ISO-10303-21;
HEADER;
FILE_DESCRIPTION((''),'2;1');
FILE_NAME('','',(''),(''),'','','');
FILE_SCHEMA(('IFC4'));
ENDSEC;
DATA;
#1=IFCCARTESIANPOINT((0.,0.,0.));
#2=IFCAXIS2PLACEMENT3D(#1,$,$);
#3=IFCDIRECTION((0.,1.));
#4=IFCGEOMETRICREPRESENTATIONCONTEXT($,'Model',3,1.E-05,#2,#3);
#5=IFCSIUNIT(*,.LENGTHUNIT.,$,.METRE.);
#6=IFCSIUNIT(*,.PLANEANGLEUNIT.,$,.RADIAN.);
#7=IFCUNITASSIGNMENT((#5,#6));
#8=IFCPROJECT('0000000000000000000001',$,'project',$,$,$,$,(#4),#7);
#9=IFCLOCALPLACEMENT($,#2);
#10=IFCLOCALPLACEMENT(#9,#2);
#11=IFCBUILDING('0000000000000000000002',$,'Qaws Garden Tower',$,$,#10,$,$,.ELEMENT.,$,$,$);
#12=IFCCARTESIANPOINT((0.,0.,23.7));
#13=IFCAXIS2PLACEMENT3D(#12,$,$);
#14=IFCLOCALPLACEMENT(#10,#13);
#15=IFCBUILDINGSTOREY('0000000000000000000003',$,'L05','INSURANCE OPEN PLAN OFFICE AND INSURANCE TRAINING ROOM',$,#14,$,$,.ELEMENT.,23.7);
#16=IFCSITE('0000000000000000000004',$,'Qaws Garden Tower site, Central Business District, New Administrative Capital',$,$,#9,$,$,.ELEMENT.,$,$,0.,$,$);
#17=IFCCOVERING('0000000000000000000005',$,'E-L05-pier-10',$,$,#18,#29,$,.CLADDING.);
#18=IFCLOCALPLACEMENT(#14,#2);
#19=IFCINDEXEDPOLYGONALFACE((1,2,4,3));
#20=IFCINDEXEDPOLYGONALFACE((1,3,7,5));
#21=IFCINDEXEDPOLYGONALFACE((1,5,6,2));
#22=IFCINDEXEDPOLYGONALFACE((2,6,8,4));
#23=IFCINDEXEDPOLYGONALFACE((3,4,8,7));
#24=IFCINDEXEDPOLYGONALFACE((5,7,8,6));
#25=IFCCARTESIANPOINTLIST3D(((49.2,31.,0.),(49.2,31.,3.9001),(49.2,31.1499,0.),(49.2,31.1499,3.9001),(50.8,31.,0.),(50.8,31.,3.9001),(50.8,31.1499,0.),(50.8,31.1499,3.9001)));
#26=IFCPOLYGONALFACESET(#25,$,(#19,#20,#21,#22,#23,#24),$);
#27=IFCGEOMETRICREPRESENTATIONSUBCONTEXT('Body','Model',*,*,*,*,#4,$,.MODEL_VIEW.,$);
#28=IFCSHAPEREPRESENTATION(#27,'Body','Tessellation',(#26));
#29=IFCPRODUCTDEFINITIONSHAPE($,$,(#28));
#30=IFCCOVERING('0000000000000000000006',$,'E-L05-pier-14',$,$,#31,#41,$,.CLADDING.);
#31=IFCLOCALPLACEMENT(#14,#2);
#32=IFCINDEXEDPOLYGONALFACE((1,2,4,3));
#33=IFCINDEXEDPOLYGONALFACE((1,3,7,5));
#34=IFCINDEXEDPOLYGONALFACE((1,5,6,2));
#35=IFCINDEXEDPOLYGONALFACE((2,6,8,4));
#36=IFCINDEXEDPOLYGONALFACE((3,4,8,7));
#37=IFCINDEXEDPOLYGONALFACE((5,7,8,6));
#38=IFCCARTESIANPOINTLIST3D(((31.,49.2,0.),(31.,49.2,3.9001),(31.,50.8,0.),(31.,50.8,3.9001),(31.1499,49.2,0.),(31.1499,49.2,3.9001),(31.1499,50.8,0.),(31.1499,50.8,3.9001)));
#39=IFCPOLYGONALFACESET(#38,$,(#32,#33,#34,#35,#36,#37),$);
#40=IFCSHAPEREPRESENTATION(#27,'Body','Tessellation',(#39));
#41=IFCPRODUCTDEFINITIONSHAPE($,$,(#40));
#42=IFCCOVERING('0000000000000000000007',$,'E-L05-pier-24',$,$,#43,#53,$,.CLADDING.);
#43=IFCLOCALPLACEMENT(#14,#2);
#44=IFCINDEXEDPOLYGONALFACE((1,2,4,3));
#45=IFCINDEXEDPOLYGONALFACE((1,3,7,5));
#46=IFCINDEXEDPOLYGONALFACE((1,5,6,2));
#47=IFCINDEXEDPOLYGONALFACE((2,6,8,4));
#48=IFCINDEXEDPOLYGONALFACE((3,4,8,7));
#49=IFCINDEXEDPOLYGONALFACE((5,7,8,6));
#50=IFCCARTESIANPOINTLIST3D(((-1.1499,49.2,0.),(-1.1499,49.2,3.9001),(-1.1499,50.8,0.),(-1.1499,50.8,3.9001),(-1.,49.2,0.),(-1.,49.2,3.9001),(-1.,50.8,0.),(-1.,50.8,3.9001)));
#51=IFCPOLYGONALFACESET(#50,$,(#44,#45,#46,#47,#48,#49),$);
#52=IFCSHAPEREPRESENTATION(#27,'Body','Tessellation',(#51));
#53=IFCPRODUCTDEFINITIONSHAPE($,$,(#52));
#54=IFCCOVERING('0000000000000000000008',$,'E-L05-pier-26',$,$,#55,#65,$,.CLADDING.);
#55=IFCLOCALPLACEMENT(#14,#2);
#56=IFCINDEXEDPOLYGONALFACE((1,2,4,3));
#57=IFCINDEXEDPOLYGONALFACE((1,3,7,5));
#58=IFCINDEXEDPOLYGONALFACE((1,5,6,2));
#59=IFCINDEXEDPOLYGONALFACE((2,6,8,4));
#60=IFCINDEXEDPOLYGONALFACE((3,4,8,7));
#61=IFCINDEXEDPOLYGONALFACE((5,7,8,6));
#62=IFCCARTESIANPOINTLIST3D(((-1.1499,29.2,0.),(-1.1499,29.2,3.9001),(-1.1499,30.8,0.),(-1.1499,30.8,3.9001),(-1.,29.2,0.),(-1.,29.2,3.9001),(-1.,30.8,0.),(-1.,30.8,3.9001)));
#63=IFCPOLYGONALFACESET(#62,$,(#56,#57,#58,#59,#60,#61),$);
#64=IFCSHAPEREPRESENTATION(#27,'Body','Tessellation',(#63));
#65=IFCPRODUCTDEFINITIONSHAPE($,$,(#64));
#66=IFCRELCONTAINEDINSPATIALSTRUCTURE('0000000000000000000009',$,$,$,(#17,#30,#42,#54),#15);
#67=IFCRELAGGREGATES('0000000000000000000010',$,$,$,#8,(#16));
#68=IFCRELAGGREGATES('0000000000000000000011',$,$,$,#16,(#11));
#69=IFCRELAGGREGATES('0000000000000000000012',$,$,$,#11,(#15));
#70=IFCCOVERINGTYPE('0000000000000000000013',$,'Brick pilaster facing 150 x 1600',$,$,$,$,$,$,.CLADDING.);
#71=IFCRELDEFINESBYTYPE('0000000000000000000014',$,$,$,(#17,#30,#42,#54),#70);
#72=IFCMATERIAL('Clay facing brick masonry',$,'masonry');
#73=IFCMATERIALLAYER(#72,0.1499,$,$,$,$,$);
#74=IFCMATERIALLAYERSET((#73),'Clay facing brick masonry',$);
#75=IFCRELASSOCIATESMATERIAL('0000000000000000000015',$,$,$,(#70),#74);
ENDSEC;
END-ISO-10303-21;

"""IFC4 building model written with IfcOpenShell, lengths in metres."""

from ifc_helpers import new_model, si_unit, direction, frame, origin, place, context, subcontext, project, spatial, polyline, outline, extrude, material, layer, layer_set, type_object, element, save


model = new_model("IFC4")

# Units and contexts
model_context = context("Model", 3, precision=1e-05, world=origin(), true_north=direction((0.0, 1.0)))
body_context = subcontext(model_context, "Body", "Model", "MODEL_VIEW")
ifc_project = project(units=[si_unit("LENGTHUNIT", "METRE"), si_unit("PLANEANGLEUNIT", "RADIAN")], contexts=[model_context])

# Site, building, storey
site_placement = place(None, origin())
site = spatial("IfcSite", under=ifc_project, at=site_placement, Name="Qaws Garden Tower site, Central Business District, New Administrative Capital", CompositionType="ELEMENT", RefElevation=0.0)
building_placement = place(site_placement, origin())
building = spatial("IfcBuilding", under=site, at=building_placement, Name="Qaws Garden Tower", CompositionType="ELEMENT")
storey_placement = place(building_placement, frame((0.0, 0.0, 23.7)))
storey = spatial("IfcBuildingStorey", under=building, at=storey_placement, Name="L05", Description="INSURANCE OPEN PLAN OFFICE AND INSURANCE TRAINING ROOM", CompositionType="ELEMENT", Elevation=23.7)

# Shared definitions
placement = place(storey_placement, origin())

# Coverings
ifc_material_1 = material(Name="Clay facing brick masonry", Category="masonry")
ifc_layer_1 = layer(ifc_material_1, 0.1499)
ifc_layer_set_1 = layer_set([ifc_layer_1], Name="Clay facing brick masonry")
covering_type = type_object("IfcCoveringType", Name="Brick pilaster facing 150 x 1600", PredefinedType="CLADDING", material=ifc_layer_set_1)
element("IfcCovering", 1, at=placement, inside=storey, type_object=covering_type, Name="E-L05-pier-10", PredefinedType="CLADDING", context=body_context, shape_type="SweptSolid", body=[
    extrude(outline(polyline([(50.8, 31.0), (49.2, 31.0), (49.2, 31.1499), (50.8, 31.1499), (50.8, 31.0)])), origin(), (0.0, 0.0, 1.0), 3.9001),
])
element("IfcCovering", 2, at=placement, inside=storey, type_object=covering_type, Name="E-L05-pier-14", PredefinedType="CLADDING", context=body_context, shape_type="SweptSolid", body=[
    extrude(outline(polyline([(31.0, 49.2), (31.0, 50.8), (31.1499, 50.8), (31.1499, 49.2), (31.0, 49.2)])), origin(), (0.0, 0.0, 1.0), 3.9001),
])
element("IfcCovering", 3, at=placement, inside=storey, type_object=covering_type, Name="E-L05-pier-24", PredefinedType="CLADDING", context=body_context, shape_type="SweptSolid", body=[
    extrude(outline(polyline([(-1.0, 50.8), (-1.0, 49.2), (-1.1499, 49.2), (-1.1499, 50.8), (-1.0, 50.8)])), origin(), (0.0, 0.0, 1.0), 3.9001),
])
element("IfcCovering", 4, at=placement, inside=storey, type_object=covering_type, Name="E-L05-pier-26", PredefinedType="CLADDING", context=body_context, shape_type="SweptSolid", body=[
    extrude(outline(polyline([(-1.0, 30.8), (-1.0, 29.2), (-1.1499, 29.2), (-1.1499, 30.8), (-1.0, 30.8)])), origin(), (0.0, 0.0, 1.0), 3.9001),
])

save(model, "model.ifc")
